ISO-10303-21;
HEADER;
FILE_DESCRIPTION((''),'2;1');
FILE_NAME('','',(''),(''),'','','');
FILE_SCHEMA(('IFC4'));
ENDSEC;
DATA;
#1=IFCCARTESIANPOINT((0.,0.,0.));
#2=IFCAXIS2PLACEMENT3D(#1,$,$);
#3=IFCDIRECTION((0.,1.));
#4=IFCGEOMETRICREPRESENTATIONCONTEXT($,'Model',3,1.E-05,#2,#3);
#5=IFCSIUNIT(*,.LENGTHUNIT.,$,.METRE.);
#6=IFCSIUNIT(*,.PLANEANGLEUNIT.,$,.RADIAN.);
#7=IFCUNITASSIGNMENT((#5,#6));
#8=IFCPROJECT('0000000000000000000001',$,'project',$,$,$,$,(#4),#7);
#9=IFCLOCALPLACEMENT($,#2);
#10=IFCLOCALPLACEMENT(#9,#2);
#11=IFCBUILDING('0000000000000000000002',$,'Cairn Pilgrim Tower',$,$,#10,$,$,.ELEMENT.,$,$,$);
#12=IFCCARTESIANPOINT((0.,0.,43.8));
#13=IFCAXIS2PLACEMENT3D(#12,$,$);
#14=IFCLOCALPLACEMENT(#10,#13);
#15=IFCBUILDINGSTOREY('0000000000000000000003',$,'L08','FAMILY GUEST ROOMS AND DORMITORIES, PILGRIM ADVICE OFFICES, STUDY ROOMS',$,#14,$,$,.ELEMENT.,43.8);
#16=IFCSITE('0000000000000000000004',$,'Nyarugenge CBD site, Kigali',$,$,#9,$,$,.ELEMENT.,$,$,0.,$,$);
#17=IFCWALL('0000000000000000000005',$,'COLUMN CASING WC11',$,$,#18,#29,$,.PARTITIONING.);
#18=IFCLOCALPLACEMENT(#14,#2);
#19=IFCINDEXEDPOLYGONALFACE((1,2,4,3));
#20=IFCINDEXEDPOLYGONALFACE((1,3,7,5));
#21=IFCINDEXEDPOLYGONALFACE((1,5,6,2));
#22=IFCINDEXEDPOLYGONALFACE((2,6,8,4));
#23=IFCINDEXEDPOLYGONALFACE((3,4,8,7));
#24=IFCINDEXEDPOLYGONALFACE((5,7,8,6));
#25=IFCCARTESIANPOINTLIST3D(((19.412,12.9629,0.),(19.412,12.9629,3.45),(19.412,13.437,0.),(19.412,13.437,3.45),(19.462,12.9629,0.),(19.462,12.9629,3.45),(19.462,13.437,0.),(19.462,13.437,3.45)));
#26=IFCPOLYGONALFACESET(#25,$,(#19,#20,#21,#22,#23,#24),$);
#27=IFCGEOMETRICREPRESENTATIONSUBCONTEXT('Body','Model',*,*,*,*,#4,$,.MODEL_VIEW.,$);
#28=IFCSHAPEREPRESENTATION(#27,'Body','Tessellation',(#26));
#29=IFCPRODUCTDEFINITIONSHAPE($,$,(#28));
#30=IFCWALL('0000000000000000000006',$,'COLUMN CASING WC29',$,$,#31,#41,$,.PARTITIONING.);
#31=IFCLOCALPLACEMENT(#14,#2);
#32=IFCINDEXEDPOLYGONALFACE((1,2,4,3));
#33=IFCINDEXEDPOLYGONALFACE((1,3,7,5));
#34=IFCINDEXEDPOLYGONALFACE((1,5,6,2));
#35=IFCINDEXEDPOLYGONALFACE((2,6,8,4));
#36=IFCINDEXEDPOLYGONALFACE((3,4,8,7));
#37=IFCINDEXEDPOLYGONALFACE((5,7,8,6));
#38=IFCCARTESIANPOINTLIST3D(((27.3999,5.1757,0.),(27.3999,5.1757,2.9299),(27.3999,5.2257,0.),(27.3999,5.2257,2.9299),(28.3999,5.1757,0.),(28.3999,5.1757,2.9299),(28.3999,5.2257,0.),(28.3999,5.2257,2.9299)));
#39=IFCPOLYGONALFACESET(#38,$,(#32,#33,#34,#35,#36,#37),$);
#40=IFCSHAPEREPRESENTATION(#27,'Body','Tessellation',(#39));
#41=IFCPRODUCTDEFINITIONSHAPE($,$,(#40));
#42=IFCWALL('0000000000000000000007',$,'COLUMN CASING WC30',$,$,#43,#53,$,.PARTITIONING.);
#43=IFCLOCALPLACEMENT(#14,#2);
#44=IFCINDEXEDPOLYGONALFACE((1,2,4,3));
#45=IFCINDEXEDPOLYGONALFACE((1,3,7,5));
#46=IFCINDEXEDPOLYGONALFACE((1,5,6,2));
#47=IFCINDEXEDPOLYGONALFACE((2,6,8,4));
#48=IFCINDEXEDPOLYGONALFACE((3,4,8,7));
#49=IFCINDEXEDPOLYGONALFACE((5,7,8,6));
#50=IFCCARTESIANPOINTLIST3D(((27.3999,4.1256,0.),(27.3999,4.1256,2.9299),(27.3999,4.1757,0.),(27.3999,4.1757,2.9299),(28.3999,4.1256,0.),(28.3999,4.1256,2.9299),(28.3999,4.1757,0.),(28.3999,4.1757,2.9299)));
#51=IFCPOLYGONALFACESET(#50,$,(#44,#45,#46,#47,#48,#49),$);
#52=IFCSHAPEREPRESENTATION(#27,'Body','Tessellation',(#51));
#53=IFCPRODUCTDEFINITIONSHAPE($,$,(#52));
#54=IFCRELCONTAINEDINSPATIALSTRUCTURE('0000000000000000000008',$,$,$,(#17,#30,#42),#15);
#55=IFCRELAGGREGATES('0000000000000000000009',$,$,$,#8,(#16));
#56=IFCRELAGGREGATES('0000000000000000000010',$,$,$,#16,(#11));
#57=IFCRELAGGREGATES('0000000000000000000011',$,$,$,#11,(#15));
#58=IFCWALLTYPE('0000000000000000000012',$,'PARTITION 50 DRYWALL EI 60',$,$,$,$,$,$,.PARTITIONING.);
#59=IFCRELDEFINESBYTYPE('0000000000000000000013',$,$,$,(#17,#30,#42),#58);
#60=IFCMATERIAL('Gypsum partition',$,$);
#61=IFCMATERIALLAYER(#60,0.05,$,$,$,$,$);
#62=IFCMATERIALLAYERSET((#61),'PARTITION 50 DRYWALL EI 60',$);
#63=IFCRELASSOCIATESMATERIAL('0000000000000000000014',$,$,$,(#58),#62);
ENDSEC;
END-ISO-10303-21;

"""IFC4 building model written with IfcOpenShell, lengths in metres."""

from ifc_helpers import new_model, si_unit, direction, frame, frame_2d, origin, place, context, subcontext, project, spatial, rectangle, extrude, material, layer, layer_set, type_object, element, save


model = new_model("IFC4")

# Units and contexts
model_context = context("Model", 3, precision=1e-05, world=origin(), true_north=direction((0.0, 1.0)))
body_context = subcontext(model_context, "Body", "Model", "MODEL_VIEW")
ifc_project = project(units=[si_unit("LENGTHUNIT", "METRE"), si_unit("PLANEANGLEUNIT", "RADIAN")], contexts=[model_context])

# Site, building, storey
site_placement = place(None, origin())
site = spatial("IfcSite", under=ifc_project, at=site_placement, Name="Nyarugenge CBD site, Kigali", CompositionType="ELEMENT", RefElevation=0.0)
building_placement = place(site_placement, origin())
building = spatial("IfcBuilding", under=site, at=building_placement, Name="Cairn Pilgrim Tower", CompositionType="ELEMENT")
storey_placement = place(building_placement, frame((0.0, 0.0, 43.8)))
storey = spatial("IfcBuildingStorey", under=building, at=storey_placement, Name="L08", Description="FAMILY GUEST ROOMS AND DORMITORIES, PILGRIM ADVICE OFFICES, STUDY ROOMS", CompositionType="ELEMENT", Elevation=43.8)

# Shared definitions
ifc_material_1 = material(Name="Gypsum partition")

# Walls
ifc_layer_1 = layer(ifc_material_1, 0.05)
ifc_layer_set_1 = layer_set([ifc_layer_1], Name="PARTITION 50 DRYWALL EI 60")
wall_type_1 = type_object("IfcWallType", Name="PARTITION 50 DRYWALL EI 60", PredefinedType="PARTITIONING", material=ifc_layer_set_1)
wall_1_placement = place(storey_placement, frame((19.437, 12.9629, 0.0), z_axis=(0.0, 0.0, 1.0), x_axis=(0.0, 1.0, 0.0)))
element("IfcWall", 1, at=wall_1_placement, inside=storey, type_object=wall_type_1, Name="COLUMN CASING WC11", PredefinedType="PARTITIONING", context=body_context, shape_type="SweptSolid", body=[
    extrude(rectangle(XDim=0.4741, YDim=0.05, at=frame_2d((0.2371, 0.0))), origin(), (0.0, 0.0, 1.0), 3.45),
])
for number, where, z_axis, x_axis, name in (
    (2, (27.3999, 5.2007, 0.0), (0.0, 0.0, 1.0), (1.0, 0.0, 0.0), "COLUMN CASING WC29"),
    (3, (27.3999, 4.1506, 0.0), (0.0, 0.0, 1.0), (1.0, 0.0, 0.0), "COLUMN CASING WC30"),
):
    element("IfcWall", number, at=place(storey_placement, frame(where, z_axis=z_axis, x_axis=x_axis)), inside=storey, type_object=wall_type_1, Name=name, PredefinedType="PARTITIONING", context=body_context, shape_type="SweptSolid", body=[
        extrude(rectangle(XDim=1.0, YDim=0.05, at=frame_2d((0.5, 0.0))), origin(), (0.0, 0.0, 1.0), 2.9299),
    ])

save(model, "model.ifc")
